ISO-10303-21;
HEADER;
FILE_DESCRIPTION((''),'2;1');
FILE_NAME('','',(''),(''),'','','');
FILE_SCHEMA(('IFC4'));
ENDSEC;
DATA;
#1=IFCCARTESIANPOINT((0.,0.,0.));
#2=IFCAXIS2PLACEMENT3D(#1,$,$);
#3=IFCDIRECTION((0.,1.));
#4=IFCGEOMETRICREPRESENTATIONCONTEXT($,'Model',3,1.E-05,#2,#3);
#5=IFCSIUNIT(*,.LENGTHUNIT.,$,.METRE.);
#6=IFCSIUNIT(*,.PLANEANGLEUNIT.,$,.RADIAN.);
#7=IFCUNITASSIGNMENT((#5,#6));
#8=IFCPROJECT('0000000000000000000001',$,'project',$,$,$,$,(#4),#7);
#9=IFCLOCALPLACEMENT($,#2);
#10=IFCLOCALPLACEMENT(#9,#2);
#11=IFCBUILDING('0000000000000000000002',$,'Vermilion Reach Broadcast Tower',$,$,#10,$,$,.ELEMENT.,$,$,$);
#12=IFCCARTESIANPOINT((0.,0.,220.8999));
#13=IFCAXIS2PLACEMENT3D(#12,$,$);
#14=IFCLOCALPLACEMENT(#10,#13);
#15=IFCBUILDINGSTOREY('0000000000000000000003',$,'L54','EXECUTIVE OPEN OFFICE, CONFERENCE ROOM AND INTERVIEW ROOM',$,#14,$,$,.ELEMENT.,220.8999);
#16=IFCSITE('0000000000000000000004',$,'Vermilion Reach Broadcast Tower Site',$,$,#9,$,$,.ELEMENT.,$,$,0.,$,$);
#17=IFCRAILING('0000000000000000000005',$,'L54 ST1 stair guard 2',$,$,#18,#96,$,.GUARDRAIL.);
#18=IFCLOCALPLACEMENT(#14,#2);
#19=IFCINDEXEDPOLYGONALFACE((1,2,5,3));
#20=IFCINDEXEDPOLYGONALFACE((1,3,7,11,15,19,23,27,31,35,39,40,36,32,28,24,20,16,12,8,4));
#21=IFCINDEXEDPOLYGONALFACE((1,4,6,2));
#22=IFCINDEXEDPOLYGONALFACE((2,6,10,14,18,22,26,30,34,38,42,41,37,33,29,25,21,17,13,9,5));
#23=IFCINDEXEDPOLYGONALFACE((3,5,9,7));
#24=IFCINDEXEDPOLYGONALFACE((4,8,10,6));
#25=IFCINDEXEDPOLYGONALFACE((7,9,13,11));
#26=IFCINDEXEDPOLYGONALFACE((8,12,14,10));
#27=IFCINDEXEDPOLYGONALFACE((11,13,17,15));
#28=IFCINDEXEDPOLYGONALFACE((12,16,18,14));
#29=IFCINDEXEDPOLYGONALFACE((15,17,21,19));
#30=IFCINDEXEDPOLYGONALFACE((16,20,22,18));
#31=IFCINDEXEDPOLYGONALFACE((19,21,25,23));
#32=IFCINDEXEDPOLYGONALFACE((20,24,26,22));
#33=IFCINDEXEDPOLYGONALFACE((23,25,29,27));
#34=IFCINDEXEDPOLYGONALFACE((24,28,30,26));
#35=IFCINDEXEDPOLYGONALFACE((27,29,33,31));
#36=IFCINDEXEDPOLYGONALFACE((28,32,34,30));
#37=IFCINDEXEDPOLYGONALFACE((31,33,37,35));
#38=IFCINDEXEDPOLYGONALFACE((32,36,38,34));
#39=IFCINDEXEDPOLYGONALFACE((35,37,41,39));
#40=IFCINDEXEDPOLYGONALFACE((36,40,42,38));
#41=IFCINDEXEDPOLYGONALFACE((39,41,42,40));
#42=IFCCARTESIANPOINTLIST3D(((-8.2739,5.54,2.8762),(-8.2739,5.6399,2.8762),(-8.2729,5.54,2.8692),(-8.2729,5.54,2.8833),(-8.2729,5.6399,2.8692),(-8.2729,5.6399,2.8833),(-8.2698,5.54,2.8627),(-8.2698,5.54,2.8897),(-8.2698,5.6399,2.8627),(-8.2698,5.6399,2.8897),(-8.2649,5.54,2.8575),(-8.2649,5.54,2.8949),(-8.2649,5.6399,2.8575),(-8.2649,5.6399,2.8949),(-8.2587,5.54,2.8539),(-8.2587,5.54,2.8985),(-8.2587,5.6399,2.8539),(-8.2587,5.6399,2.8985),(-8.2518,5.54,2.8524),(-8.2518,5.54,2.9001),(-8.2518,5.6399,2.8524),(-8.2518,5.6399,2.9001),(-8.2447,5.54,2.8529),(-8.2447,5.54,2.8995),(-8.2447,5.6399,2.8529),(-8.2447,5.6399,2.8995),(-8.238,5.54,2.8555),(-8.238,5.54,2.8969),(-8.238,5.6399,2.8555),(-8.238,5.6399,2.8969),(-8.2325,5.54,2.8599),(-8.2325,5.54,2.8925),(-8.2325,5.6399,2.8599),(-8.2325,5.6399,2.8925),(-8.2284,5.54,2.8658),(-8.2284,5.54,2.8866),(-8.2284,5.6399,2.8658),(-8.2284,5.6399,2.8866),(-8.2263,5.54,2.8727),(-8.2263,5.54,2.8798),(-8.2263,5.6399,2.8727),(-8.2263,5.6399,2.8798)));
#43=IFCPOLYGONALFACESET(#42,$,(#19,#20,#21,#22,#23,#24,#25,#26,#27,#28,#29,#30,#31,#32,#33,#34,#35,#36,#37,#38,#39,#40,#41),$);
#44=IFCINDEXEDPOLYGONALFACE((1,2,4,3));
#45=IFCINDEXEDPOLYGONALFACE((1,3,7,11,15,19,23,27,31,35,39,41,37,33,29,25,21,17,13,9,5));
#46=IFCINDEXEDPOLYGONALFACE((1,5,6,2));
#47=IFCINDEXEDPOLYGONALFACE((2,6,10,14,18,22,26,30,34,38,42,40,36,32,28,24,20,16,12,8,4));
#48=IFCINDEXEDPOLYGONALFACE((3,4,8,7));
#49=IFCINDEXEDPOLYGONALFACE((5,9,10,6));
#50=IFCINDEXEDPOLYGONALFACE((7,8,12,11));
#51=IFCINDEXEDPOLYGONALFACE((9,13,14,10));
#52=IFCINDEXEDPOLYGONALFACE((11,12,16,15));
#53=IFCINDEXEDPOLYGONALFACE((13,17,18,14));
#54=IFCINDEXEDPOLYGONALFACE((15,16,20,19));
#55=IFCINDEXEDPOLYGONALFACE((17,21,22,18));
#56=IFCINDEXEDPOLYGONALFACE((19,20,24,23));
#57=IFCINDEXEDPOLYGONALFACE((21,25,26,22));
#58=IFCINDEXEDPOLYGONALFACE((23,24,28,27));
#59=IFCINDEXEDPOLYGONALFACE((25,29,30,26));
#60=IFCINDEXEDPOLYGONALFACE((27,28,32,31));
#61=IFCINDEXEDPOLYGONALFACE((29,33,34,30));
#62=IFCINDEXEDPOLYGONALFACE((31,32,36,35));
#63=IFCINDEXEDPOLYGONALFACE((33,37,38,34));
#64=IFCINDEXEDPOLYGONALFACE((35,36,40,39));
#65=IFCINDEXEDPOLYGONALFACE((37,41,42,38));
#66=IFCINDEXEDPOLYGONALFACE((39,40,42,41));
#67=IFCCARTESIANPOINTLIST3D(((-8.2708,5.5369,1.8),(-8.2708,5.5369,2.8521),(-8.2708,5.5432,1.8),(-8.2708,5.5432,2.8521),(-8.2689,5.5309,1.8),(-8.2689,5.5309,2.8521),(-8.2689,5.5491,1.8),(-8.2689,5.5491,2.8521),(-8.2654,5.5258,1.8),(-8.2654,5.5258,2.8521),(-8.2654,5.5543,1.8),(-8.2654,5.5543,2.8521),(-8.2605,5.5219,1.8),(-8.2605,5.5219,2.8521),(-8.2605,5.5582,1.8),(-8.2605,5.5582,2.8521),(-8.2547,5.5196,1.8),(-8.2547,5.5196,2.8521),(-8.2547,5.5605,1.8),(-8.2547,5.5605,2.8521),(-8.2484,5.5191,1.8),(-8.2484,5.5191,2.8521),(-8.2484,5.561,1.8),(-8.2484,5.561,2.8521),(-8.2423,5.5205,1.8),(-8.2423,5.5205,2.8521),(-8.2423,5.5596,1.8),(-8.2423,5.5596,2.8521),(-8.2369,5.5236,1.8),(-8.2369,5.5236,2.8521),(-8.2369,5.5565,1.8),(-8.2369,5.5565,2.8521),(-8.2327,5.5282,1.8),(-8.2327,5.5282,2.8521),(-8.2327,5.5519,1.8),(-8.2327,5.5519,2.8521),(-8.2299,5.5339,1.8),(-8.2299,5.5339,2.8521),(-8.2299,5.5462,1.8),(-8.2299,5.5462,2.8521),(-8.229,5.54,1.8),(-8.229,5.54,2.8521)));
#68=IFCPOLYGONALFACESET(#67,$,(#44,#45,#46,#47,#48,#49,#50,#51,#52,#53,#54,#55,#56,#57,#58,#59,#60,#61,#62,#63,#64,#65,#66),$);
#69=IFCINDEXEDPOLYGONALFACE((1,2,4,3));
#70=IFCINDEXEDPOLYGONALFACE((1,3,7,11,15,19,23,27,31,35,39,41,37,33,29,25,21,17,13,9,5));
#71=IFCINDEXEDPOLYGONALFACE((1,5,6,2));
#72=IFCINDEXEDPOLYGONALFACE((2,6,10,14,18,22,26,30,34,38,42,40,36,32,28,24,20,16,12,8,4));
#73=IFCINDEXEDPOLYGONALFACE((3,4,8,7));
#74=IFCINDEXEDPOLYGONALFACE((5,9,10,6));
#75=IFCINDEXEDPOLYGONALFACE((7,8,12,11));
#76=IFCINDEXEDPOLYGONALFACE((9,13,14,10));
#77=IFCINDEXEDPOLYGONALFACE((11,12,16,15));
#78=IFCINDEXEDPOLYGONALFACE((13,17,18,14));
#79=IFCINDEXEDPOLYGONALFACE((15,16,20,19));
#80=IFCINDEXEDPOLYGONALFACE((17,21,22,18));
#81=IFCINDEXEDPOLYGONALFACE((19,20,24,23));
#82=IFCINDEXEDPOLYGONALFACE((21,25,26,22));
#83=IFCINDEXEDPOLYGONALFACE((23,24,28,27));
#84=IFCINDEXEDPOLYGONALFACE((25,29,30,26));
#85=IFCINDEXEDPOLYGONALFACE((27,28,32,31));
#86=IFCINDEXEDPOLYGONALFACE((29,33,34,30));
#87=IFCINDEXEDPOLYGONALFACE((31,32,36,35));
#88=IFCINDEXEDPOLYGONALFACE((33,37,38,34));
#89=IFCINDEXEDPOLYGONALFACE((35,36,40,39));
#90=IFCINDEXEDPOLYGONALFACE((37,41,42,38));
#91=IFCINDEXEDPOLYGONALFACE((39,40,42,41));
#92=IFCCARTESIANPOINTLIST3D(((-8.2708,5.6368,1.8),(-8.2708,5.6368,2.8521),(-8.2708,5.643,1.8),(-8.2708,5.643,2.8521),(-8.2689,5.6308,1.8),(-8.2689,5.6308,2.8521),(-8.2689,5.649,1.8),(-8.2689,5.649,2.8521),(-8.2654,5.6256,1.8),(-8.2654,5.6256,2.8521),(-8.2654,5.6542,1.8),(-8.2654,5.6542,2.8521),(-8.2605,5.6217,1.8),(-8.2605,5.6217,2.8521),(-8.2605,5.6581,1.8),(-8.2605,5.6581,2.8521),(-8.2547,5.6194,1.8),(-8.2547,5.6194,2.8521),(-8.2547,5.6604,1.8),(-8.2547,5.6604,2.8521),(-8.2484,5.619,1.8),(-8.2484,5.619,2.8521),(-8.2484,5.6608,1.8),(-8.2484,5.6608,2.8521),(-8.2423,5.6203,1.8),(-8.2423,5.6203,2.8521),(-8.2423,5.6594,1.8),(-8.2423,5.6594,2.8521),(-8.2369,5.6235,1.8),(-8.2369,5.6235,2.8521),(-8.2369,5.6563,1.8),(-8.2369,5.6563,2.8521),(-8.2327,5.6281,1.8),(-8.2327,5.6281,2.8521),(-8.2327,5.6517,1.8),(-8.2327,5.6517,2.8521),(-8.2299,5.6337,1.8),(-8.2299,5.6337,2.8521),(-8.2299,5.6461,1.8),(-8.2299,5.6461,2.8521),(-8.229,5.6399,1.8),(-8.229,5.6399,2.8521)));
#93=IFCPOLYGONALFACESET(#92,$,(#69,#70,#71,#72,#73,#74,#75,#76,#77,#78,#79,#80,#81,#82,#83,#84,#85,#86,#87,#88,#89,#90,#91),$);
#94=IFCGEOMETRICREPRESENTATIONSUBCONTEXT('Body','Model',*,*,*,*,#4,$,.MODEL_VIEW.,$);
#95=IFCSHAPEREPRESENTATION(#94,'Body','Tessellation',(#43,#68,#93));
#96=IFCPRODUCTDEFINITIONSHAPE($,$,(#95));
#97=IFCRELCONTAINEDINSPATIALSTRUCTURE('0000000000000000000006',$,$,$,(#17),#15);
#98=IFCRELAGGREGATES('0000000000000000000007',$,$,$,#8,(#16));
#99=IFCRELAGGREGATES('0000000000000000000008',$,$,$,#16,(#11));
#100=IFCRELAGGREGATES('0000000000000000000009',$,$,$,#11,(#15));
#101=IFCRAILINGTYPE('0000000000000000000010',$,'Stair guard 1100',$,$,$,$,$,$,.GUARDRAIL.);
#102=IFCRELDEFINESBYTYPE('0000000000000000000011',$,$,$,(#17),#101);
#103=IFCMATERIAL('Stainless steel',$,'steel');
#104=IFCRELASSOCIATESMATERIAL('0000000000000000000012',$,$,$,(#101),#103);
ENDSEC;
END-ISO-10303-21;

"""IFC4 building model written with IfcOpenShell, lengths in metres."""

from ifc_helpers import new_model, si_unit, direction, frame, origin, origin_2d, place, context, subcontext, project, spatial, circle, extrude, material, type_object, element, save


model = new_model("IFC4")

# Units and contexts
model_context = context("Model", 3, precision=1e-05, world=origin(), true_north=direction((0.0, 1.0)))
body_context = subcontext(model_context, "Body", "Model", "MODEL_VIEW")
ifc_project = project(units=[si_unit("LENGTHUNIT", "METRE"), si_unit("PLANEANGLEUNIT", "RADIAN")], contexts=[model_context])

# Site, building, storey
site_placement = place(None, origin())
site = spatial("IfcSite", under=ifc_project, at=site_placement, Name="Vermilion Reach Broadcast Tower Site", CompositionType="ELEMENT", RefElevation=0.0)
building_placement = place(site_placement, origin())
building = spatial("IfcBuilding", under=site, at=building_placement, Name="Vermilion Reach Broadcast Tower", CompositionType="ELEMENT")
storey_placement = place(building_placement, frame((0.0, 0.0, 220.8999)))
storey = spatial("IfcBuildingStorey", under=building, at=storey_placement, Name="L54", Description="EXECUTIVE OPEN OFFICE, CONFERENCE ROOM AND INTERVIEW ROOM", CompositionType="ELEMENT", Elevation=220.8999)

# Railing
ifc_material_1 = material(Name="Stainless steel", Category="steel")
railing_type_1 = type_object("IfcRailingType", Name="Stair guard 1100", PredefinedType="GUARDRAIL", material=ifc_material_1)
railing_1_placement = place(storey_placement, frame((-8.25, 5.54, 1.8)))
element("IfcRailing", 1, at=railing_1_placement, inside=storey, type_object=railing_type_1, Name="L54 ST1 stair guard 2", PredefinedType="GUARDRAIL", context=body_context, shape_type="SweptSolid", body=[
    extrude(circle(Radius=0.0239, at=origin_2d()), frame((0.0, 0.0, 1.0762), z_axis=(0.0, 1.0, 0.0), x_axis=(-1.0, 0.0, 0.0)), (0.0, 0.0, 1.0), 0.0999),
    extrude(circle(Radius=0.021, at=origin_2d()), origin(), (0.0, 0.0, 1.0), 1.052),
    extrude(circle(Radius=0.021, at=origin_2d()), frame((0.0, 0.0999, 0.0)), (0.0, 0.0, 1.0), 1.052),
])

save(model, "model.ifc")
